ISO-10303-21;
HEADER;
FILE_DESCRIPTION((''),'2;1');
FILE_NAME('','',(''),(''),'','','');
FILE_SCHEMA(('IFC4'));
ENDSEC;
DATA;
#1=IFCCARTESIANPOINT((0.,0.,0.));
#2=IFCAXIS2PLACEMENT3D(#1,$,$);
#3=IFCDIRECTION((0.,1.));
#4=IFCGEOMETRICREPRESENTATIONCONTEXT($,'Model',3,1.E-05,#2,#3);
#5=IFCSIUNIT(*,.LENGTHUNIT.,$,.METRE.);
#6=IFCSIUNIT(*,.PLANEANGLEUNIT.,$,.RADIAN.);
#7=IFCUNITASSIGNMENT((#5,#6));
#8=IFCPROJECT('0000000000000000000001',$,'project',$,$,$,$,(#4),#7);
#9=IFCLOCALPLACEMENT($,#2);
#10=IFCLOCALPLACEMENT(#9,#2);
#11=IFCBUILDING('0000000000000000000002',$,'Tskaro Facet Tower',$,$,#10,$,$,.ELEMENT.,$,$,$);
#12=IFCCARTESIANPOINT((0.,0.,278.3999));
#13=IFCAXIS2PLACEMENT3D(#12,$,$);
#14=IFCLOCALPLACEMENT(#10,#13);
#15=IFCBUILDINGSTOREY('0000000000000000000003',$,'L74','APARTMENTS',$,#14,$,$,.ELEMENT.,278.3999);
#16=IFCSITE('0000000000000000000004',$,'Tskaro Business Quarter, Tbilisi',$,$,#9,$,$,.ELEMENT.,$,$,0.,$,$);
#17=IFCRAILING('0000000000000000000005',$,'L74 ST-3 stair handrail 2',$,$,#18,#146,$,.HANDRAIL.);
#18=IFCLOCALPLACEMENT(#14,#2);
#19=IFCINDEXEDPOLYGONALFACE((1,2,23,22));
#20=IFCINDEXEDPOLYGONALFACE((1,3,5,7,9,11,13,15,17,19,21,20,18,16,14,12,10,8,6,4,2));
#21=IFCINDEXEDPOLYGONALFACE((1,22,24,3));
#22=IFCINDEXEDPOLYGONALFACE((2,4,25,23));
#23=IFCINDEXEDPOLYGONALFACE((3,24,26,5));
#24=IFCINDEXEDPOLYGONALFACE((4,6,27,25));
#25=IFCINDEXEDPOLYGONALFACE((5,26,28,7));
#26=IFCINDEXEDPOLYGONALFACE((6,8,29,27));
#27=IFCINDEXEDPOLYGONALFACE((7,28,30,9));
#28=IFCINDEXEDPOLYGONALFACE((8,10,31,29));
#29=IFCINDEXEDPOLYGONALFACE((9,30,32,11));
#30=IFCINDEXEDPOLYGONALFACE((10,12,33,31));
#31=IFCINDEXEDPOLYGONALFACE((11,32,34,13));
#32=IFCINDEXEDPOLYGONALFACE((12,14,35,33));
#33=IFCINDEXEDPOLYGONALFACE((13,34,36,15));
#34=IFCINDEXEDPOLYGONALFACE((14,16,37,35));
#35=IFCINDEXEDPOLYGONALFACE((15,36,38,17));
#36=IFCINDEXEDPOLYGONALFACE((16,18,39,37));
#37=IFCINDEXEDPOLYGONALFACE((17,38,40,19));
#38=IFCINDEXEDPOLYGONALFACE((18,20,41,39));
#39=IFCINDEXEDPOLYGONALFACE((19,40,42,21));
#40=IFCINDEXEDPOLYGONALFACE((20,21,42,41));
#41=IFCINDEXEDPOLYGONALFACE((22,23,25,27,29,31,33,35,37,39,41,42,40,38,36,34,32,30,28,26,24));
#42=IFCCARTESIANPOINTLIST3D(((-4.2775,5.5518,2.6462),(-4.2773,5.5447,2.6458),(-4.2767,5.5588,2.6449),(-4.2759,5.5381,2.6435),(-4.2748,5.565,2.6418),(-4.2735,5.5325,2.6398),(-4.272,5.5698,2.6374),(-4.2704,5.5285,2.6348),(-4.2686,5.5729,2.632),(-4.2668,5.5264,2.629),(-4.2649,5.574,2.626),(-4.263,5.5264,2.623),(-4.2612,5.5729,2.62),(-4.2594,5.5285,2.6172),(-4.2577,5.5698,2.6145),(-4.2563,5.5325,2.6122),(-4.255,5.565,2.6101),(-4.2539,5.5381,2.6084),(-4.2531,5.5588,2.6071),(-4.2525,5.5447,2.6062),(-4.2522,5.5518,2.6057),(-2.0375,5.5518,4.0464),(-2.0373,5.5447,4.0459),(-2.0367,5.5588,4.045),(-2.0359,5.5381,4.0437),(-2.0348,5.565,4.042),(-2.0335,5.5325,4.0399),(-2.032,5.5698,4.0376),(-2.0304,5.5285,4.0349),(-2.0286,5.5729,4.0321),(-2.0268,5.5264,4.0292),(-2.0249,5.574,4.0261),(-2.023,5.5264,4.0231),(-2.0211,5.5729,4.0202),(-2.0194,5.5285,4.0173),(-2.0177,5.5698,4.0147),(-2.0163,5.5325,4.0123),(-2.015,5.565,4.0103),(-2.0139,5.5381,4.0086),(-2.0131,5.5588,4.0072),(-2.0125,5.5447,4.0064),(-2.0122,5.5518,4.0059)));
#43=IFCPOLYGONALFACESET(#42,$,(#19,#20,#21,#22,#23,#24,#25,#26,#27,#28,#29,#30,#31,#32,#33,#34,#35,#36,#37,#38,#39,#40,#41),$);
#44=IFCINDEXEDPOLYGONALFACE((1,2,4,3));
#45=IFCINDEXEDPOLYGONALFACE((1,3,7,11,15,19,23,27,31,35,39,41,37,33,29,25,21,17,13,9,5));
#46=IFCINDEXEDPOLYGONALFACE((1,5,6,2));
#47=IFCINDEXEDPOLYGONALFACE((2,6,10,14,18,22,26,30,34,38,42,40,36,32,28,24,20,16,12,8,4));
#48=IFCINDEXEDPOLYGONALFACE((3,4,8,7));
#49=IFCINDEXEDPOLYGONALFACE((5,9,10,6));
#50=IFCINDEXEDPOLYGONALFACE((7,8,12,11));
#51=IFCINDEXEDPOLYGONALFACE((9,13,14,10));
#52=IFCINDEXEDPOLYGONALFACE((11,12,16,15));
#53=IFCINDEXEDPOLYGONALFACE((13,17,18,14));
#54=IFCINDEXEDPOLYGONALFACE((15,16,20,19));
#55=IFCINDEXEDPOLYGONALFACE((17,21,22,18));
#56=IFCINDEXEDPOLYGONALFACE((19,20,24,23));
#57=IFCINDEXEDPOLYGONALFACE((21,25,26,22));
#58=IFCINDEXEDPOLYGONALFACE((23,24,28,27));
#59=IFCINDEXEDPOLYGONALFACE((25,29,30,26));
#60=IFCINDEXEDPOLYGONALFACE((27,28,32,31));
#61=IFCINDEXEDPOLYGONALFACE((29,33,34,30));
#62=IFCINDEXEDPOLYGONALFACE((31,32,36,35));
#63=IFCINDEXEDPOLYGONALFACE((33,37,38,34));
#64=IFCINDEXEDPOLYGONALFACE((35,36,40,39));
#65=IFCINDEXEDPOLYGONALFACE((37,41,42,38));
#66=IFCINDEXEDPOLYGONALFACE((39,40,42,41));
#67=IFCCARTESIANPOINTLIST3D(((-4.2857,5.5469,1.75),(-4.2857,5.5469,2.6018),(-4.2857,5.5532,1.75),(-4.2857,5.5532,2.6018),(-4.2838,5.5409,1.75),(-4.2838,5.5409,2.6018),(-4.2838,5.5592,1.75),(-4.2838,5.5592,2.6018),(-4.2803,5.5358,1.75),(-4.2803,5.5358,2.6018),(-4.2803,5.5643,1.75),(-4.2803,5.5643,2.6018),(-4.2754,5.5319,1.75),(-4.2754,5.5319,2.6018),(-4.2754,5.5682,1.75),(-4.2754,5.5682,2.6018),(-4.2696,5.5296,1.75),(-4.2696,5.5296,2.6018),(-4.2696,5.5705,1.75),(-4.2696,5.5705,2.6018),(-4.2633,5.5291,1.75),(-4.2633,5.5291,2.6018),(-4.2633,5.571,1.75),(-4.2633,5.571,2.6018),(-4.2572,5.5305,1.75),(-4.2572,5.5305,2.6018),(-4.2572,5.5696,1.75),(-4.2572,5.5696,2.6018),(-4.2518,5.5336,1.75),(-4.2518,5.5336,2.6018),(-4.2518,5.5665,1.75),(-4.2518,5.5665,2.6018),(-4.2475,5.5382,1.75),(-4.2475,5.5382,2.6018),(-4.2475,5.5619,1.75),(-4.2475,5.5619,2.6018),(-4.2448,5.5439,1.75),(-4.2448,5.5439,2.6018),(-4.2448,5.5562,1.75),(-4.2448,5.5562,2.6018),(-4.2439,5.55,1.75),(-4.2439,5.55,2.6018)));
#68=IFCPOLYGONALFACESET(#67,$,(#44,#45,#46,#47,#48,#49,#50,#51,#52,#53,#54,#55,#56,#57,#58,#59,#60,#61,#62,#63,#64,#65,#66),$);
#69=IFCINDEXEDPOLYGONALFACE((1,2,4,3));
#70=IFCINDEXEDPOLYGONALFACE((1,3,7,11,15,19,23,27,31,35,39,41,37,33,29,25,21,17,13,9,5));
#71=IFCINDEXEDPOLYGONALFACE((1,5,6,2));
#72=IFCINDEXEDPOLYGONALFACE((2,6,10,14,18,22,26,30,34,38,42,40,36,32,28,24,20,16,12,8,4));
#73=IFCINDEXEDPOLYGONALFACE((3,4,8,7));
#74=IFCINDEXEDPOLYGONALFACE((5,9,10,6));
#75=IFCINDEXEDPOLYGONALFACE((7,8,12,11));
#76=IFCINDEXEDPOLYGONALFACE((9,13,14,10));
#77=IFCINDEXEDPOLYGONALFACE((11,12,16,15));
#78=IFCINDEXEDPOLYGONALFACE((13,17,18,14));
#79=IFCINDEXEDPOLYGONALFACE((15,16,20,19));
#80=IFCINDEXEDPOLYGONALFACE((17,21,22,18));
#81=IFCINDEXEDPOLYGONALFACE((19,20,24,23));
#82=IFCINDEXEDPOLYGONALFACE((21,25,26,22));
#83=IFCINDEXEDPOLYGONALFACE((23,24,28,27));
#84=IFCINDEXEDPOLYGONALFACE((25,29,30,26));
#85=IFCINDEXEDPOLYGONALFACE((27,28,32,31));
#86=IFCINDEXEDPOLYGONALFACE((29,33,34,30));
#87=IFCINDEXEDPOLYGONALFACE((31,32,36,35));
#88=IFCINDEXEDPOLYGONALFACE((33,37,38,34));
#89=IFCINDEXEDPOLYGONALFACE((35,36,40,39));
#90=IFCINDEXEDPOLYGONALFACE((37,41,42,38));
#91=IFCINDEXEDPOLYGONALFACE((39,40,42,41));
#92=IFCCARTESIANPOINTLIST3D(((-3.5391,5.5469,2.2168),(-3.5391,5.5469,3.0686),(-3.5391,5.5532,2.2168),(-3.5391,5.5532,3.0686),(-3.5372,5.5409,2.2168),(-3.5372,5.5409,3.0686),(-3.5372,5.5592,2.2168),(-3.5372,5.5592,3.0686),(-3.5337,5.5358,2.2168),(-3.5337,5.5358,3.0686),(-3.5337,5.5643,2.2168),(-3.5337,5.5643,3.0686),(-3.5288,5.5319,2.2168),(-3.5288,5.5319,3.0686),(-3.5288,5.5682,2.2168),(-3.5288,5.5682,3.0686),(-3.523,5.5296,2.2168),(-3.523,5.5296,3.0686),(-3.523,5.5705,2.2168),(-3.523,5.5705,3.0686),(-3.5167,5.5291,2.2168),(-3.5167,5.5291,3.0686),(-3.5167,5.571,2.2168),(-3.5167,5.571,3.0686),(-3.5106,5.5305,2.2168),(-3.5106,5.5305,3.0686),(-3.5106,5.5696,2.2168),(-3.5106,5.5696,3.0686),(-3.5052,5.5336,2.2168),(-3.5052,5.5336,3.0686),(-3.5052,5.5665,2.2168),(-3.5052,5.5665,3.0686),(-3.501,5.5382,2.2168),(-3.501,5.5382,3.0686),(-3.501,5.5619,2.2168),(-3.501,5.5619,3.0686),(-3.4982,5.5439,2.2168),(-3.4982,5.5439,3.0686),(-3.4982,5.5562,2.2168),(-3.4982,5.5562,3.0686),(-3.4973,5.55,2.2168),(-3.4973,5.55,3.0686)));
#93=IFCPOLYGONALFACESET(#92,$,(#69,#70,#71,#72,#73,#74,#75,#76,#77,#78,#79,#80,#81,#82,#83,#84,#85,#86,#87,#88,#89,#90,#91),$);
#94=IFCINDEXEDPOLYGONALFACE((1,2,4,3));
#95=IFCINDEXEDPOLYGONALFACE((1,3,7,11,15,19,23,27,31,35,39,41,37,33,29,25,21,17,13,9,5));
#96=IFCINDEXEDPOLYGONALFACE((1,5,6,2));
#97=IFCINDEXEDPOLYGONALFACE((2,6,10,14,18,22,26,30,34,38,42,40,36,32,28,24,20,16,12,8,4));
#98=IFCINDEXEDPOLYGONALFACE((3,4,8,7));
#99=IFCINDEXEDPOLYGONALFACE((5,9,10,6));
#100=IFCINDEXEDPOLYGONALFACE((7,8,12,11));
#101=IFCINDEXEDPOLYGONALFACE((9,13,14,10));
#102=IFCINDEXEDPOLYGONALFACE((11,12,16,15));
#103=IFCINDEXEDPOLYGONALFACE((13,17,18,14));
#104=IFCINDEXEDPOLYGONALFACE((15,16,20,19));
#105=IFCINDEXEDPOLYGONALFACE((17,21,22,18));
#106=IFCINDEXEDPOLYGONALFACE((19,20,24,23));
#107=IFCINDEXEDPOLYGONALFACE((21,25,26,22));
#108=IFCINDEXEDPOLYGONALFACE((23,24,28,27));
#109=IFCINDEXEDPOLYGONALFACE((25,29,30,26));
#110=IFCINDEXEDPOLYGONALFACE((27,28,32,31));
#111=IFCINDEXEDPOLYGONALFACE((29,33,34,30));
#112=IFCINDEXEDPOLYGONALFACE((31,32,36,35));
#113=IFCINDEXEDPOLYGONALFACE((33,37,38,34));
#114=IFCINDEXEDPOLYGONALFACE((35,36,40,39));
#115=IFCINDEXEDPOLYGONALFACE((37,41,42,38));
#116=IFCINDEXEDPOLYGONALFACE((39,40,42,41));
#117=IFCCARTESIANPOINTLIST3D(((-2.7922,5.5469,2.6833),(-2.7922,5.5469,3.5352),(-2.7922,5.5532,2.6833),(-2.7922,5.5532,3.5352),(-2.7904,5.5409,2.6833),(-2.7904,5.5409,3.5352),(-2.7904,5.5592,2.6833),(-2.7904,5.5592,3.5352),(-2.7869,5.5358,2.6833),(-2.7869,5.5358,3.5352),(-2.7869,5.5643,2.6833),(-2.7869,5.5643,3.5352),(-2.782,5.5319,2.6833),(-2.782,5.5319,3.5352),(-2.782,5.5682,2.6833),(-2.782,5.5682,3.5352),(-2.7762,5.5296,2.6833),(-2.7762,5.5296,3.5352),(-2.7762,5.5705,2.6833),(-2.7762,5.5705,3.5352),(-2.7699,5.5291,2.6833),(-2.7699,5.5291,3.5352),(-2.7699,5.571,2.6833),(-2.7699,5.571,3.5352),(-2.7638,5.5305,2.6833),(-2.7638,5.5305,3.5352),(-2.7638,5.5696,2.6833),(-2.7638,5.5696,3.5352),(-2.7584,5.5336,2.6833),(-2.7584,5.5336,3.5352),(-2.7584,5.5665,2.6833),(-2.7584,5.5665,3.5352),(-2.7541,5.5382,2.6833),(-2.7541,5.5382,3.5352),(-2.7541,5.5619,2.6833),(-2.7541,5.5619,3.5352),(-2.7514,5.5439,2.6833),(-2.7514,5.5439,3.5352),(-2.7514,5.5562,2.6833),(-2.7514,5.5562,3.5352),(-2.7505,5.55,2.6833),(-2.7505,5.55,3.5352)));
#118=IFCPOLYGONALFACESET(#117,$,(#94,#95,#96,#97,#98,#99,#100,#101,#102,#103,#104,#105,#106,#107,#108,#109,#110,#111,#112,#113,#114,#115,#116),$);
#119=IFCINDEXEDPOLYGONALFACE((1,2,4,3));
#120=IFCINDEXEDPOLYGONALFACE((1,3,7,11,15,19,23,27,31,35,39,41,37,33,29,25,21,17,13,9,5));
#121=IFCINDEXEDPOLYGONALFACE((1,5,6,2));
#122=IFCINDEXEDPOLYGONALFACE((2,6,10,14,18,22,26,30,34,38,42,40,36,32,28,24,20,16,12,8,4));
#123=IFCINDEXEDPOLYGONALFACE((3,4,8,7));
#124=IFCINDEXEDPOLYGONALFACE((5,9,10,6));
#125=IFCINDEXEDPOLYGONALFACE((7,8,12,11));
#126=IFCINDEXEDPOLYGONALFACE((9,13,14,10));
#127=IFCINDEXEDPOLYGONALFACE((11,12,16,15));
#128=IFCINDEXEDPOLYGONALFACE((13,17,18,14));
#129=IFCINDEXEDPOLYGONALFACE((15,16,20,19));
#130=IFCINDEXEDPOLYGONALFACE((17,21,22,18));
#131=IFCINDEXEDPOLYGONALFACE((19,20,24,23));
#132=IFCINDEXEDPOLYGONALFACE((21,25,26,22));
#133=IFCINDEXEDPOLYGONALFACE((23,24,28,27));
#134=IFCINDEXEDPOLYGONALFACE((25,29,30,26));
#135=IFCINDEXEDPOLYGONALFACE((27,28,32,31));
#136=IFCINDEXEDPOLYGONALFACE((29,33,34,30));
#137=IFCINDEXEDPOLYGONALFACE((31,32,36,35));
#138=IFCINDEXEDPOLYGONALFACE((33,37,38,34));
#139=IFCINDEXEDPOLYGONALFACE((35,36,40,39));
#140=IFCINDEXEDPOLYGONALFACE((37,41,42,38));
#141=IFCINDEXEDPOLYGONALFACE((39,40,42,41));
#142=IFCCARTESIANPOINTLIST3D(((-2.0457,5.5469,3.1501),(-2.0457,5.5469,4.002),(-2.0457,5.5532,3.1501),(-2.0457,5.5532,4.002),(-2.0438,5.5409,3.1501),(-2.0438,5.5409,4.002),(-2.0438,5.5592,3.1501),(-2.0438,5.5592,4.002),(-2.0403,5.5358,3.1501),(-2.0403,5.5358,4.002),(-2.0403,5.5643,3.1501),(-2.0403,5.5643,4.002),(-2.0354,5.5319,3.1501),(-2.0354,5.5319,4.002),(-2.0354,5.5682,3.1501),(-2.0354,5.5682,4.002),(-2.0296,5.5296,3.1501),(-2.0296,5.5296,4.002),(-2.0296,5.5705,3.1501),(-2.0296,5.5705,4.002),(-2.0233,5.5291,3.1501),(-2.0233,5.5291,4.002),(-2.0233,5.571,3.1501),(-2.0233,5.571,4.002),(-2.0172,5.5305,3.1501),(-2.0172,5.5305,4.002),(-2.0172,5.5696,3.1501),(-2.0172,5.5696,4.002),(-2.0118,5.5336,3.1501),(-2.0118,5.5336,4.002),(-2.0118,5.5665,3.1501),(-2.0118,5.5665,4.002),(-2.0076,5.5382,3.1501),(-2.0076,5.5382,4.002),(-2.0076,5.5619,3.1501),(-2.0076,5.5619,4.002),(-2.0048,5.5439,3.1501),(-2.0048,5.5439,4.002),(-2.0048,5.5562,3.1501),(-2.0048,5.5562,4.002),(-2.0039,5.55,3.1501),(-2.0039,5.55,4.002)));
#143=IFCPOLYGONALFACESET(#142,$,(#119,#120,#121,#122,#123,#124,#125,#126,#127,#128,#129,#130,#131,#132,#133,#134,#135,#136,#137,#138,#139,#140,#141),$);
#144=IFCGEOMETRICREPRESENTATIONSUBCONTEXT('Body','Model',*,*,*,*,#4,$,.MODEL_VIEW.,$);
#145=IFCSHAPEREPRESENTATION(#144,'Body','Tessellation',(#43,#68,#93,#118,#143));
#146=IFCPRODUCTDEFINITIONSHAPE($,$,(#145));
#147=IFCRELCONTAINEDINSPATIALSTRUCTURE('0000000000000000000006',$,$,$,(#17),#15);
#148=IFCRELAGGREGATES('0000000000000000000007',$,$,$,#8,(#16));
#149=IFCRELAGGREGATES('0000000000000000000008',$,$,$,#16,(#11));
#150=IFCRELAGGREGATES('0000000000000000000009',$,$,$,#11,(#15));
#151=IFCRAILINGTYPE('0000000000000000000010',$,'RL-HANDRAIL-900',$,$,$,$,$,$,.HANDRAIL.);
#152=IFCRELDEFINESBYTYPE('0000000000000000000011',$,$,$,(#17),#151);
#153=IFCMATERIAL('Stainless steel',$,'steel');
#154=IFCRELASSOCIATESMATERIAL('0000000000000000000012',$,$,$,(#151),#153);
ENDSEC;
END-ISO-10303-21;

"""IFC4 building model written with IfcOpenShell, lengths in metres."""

from ifc_helpers import new_model, si_unit, direction, frame, origin, origin_2d, place, context, subcontext, project, spatial, circle, extrude, material, type_object, element, save


model = new_model("IFC4")

# Units and contexts
model_context = context("Model", 3, precision=1e-05, world=origin(), true_north=direction((0.0, 1.0)))
body_context = subcontext(model_context, "Body", "Model", "MODEL_VIEW")
ifc_project = project(units=[si_unit("LENGTHUNIT", "METRE"), si_unit("PLANEANGLEUNIT", "RADIAN")], contexts=[model_context])

# Site, building, storey
site_placement = place(None, origin())
site = spatial("IfcSite", under=ifc_project, at=site_placement, Name="Tskaro Business Quarter, Tbilisi", CompositionType="ELEMENT", RefElevation=0.0)
building_placement = place(site_placement, origin())
building = spatial("IfcBuilding", under=site, at=building_placement, Name="Tskaro Facet Tower", CompositionType="ELEMENT")
storey_placement = place(building_placement, frame((0.0, 0.0, 278.3999)))
storey = spatial("IfcBuildingStorey", under=building, at=storey_placement, Name="L74", Description="APARTMENTS", CompositionType="ELEMENT", Elevation=278.3999)

# Shared definitions
ifc_material_1 = material(Name="Stainless steel", Category="steel")

# Railing
railing_type = type_object("IfcRailingType", Name="RL-HANDRAIL-900", PredefinedType="HANDRAIL", material=ifc_material_1)
railing_placement = place(storey_placement, frame((-4.2649, 5.55, 1.75)))
element("IfcRailing", 1, at=railing_placement, inside=storey, type_object=railing_type, Name="L74 ST-3 stair handrail 2", PredefinedType="HANDRAIL", context=body_context, shape_type="SweptSolid", body=[
    extrude(circle(Radius=0.0239, at=origin_2d()), frame((0.0, 0.0, 0.876), z_axis=(0.847972, 0.0, 0.53004), x_axis=(0.0, 1.0, 0.0)), (0.0, 0.0, 1.0), 2.6416),
    extrude(circle(Radius=0.021, at=origin_2d()), origin(), (0.0, 0.0, 1.0), 0.8518),
    extrude(circle(Radius=0.021, at=origin_2d()), frame((0.7466, 0.0, 0.4668)), (0.0, 0.0, 1.0), 0.8518),
    extrude(circle(Radius=0.021, at=origin_2d()), frame((1.4934, 0.0, 0.9333)), (0.0, 0.0, 1.0), 0.8518),
    extrude(circle(Radius=0.021, at=origin_2d()), frame((2.24, 0.0, 1.4001)), (0.0, 0.0, 1.0), 0.8518),
])

save(model, "model.ifc")
